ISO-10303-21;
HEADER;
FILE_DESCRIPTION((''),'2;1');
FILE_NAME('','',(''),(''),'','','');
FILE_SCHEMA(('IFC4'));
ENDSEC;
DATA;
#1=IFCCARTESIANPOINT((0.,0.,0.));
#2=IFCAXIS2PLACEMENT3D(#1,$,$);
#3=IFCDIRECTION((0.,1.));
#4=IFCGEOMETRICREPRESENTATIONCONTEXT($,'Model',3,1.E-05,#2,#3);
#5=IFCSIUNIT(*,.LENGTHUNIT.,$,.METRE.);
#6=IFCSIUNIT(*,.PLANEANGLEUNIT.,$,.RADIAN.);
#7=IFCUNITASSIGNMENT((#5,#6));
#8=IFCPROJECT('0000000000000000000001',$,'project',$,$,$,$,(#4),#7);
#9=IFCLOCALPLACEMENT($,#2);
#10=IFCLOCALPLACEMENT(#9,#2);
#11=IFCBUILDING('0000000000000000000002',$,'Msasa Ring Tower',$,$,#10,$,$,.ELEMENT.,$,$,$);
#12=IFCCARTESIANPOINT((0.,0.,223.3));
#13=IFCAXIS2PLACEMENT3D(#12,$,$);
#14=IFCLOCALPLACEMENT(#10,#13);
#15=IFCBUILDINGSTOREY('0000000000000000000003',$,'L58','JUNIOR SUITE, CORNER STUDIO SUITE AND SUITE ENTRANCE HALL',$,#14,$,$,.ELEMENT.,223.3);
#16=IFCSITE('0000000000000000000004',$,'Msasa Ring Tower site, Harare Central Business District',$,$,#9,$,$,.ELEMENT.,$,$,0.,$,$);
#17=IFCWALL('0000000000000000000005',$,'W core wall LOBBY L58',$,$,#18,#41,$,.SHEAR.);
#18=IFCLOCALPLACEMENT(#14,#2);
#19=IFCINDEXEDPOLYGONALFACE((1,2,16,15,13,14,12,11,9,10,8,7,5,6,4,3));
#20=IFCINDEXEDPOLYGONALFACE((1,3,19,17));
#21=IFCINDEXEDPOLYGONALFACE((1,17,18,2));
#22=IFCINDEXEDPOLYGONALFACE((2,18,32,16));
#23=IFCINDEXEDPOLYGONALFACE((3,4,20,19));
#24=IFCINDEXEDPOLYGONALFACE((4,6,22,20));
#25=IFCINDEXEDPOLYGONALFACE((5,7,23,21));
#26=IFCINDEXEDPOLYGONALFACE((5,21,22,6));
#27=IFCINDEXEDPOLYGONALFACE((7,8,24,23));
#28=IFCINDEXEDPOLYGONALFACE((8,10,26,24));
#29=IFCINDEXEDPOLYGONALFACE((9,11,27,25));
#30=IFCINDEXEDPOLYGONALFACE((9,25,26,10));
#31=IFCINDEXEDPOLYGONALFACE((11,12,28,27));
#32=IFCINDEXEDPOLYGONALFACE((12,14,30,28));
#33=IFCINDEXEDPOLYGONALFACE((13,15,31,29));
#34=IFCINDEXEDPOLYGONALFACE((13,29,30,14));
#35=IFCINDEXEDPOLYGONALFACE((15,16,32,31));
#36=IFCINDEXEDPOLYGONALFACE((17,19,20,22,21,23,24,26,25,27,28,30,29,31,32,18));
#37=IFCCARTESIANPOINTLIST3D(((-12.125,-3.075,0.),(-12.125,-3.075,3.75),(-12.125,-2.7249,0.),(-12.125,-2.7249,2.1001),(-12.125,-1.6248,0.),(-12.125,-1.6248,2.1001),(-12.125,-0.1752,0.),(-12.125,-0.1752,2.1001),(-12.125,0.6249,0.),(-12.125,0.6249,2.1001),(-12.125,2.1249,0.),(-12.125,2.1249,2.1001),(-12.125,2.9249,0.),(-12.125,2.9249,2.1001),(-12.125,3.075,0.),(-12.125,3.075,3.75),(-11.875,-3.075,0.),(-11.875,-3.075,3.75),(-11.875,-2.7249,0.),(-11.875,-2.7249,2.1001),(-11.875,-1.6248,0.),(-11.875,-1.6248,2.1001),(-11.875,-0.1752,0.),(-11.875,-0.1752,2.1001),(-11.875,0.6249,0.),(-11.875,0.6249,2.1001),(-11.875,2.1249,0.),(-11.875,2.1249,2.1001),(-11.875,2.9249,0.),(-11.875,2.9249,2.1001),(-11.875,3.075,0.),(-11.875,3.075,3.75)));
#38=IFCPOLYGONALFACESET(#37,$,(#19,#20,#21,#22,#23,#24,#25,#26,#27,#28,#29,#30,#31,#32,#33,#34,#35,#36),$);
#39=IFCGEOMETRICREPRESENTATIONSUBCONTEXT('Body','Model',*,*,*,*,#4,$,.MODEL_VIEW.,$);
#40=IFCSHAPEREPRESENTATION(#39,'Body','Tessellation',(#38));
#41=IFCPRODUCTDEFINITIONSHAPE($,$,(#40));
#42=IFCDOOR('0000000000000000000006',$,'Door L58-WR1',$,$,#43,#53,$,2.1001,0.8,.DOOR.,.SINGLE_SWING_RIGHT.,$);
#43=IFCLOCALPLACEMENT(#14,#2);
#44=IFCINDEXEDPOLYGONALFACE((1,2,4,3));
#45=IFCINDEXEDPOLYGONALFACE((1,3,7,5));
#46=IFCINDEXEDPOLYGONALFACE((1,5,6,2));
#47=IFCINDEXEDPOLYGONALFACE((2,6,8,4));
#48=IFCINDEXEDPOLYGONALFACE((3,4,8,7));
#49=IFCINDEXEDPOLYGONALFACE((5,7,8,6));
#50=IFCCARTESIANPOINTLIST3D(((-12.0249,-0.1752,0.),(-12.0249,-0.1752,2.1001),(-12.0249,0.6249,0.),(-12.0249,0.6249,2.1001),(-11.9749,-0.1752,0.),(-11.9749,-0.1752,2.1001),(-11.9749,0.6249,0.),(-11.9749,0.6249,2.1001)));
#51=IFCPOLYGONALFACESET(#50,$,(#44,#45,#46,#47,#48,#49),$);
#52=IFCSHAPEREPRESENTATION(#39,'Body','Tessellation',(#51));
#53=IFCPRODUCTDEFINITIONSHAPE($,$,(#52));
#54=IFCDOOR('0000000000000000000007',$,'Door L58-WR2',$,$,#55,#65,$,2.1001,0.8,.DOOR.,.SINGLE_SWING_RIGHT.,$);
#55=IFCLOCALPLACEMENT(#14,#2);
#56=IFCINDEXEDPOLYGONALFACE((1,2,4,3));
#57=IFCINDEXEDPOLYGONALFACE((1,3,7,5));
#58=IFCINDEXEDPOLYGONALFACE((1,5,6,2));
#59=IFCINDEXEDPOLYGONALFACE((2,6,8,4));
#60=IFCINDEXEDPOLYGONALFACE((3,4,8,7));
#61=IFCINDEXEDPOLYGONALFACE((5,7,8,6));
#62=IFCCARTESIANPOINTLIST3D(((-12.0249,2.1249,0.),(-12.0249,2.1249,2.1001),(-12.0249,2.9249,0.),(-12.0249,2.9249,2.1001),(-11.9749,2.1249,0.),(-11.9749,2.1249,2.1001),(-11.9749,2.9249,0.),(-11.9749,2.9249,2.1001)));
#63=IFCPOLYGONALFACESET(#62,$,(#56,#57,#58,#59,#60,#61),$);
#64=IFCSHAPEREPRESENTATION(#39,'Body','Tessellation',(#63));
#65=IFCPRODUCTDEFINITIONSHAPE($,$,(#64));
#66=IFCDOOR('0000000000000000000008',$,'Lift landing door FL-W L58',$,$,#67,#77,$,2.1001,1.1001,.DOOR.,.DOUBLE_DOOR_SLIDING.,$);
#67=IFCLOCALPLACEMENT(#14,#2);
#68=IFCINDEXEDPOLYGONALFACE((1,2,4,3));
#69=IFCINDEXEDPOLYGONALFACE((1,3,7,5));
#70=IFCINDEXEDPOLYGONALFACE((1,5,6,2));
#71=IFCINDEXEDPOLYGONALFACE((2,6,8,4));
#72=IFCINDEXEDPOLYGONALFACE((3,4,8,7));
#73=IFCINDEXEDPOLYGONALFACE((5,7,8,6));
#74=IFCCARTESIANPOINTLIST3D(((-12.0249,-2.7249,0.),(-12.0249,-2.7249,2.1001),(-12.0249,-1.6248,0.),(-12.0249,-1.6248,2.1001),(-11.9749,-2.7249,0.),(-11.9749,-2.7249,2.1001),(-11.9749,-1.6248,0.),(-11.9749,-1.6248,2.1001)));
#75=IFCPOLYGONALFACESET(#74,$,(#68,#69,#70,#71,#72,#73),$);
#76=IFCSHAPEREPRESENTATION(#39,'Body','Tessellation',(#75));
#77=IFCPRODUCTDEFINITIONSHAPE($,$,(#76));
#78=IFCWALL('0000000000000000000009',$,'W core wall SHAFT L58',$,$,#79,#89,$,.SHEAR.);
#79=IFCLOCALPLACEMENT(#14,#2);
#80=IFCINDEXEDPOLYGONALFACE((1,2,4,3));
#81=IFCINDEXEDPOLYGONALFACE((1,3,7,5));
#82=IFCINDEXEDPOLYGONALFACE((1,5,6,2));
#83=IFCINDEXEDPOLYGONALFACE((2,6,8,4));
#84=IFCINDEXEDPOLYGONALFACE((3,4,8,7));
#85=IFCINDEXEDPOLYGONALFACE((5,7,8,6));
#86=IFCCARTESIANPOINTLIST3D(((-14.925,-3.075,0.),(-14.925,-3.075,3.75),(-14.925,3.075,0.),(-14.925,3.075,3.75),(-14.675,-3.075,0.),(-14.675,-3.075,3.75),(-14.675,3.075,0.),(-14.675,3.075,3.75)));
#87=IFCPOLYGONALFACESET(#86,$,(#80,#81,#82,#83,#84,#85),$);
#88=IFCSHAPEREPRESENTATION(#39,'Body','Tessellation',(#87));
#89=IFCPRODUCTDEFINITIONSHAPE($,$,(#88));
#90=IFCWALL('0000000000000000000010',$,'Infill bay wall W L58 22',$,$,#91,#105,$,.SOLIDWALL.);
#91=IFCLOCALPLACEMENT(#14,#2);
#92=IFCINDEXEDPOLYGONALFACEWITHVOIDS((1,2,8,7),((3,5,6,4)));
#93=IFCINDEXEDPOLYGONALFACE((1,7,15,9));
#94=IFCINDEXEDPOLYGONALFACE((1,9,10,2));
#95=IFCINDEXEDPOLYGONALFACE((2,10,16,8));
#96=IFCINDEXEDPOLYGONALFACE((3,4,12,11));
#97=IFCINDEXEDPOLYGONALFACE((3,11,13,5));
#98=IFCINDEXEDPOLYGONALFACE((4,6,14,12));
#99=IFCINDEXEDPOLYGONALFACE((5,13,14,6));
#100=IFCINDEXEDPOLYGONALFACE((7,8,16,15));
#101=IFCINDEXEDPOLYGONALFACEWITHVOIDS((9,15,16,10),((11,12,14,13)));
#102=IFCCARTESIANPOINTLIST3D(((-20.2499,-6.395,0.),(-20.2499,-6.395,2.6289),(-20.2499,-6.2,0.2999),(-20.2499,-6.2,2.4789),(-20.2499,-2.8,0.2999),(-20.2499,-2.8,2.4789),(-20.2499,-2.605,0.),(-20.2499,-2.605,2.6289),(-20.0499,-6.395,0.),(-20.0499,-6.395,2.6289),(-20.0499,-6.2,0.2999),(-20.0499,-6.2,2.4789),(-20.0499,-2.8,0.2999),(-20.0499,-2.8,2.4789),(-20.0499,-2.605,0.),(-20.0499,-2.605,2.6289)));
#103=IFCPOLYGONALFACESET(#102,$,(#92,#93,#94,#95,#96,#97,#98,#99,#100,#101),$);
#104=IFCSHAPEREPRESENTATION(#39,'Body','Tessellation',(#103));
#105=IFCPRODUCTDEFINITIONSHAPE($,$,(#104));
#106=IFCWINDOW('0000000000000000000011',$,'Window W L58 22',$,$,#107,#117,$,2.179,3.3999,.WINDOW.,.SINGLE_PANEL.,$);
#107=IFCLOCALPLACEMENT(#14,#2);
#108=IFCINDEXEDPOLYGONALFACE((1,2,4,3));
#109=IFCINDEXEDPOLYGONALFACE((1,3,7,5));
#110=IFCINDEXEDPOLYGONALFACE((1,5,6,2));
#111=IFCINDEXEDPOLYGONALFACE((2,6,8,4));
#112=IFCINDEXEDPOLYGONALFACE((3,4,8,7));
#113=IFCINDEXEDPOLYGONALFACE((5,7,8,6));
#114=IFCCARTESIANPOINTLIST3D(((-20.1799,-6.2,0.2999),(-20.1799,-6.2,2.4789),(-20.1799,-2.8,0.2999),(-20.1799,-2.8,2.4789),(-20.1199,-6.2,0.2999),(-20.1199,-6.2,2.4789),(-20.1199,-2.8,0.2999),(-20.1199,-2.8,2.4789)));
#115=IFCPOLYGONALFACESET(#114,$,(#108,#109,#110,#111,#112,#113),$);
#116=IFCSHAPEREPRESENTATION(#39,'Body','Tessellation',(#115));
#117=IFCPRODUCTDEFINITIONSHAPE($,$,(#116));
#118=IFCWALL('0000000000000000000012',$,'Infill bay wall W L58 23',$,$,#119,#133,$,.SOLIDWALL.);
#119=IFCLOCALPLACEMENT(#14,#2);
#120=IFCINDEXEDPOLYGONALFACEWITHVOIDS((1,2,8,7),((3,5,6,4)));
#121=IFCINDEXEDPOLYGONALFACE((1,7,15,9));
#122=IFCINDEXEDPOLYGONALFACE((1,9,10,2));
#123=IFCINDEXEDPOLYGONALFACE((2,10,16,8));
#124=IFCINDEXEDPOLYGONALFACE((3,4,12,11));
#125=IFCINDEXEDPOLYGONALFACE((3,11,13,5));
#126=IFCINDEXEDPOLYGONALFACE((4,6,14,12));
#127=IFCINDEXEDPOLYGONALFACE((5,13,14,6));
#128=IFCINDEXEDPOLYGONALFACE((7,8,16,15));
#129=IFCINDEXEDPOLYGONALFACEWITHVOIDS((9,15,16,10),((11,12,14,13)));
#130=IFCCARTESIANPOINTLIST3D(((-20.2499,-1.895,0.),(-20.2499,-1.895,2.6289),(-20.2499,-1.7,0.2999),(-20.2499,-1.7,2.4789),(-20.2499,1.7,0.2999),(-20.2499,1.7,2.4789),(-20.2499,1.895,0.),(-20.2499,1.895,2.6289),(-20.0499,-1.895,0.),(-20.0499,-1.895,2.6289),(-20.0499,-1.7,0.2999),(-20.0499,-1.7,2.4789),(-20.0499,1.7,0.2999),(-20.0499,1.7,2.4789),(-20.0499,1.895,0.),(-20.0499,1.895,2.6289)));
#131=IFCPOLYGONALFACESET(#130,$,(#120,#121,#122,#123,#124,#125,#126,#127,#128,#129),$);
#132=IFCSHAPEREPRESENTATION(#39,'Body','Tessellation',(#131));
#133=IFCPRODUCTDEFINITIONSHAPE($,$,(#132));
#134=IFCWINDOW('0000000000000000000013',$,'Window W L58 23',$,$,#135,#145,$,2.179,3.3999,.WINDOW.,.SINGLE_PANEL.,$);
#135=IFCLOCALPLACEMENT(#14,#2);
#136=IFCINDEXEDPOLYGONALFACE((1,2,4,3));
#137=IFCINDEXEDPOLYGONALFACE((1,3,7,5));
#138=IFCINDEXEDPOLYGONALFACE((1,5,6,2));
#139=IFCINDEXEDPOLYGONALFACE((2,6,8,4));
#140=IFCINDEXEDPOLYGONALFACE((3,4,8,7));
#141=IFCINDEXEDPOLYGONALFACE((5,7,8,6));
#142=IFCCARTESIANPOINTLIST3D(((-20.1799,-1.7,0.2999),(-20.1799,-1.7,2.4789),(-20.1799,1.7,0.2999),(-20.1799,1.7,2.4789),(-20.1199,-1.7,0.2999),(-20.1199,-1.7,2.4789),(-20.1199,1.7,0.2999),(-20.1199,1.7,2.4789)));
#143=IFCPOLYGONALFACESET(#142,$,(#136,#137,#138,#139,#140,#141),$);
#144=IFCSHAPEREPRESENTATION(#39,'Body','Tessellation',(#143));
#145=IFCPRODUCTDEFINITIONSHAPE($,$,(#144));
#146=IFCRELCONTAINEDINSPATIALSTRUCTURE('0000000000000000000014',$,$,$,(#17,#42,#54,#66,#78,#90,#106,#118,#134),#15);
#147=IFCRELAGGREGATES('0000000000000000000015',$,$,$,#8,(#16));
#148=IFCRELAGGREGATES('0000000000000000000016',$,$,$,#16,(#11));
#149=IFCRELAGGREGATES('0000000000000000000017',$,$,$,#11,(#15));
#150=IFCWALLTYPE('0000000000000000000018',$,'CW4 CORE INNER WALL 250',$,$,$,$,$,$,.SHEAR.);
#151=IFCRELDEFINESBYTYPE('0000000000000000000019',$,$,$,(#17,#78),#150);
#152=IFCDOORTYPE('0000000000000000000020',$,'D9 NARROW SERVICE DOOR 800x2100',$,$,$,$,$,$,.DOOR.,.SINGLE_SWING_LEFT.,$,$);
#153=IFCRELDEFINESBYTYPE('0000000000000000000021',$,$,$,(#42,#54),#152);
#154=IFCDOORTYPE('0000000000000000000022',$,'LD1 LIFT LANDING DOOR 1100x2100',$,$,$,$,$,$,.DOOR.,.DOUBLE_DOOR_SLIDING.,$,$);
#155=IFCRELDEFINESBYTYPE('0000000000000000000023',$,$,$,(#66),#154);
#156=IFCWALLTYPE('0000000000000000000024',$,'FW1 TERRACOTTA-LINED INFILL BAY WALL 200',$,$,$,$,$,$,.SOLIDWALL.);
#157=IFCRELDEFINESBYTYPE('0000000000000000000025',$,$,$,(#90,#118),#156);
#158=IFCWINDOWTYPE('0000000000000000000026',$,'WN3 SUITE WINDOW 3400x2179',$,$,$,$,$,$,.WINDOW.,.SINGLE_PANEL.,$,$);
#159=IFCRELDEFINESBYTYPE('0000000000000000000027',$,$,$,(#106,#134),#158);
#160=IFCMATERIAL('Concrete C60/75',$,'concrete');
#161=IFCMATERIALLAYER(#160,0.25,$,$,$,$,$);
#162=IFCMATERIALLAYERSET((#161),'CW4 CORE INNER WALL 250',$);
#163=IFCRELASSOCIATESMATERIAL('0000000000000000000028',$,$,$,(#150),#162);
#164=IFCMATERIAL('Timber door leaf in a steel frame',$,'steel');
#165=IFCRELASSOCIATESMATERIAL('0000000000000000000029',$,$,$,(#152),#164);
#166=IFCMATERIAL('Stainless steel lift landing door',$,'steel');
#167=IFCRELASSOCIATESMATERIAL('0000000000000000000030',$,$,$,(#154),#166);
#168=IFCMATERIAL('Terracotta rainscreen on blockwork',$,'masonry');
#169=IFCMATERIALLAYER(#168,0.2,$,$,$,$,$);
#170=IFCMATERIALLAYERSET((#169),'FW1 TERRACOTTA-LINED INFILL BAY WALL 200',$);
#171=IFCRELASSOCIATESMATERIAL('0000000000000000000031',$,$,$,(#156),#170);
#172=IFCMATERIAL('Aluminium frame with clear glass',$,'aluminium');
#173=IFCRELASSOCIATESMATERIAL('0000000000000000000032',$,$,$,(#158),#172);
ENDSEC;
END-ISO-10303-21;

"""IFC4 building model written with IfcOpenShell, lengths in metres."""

from ifc_helpers import new_model, si_unit, direction, frame, frame_2d, origin, place, context, subcontext, project, spatial, rectangle, extrude, material, layer, layer_set, type_object, element, fill, save


model = new_model("IFC4")

# Units and contexts
model_context = context("Model", 3, precision=1e-05, world=origin(), true_north=direction((0.0, 1.0)))
body_context = subcontext(model_context, "Body", "Model", "MODEL_VIEW")
ifc_project = project(units=[si_unit("LENGTHUNIT", "METRE"), si_unit("PLANEANGLEUNIT", "RADIAN")], contexts=[model_context])

# Site, building, storey
site_placement = place(None, origin())
site = spatial("IfcSite", under=ifc_project, at=site_placement, Name="Msasa Ring Tower site, Harare Central Business District", CompositionType="ELEMENT", RefElevation=0.0)
building_placement = place(site_placement, origin())
building = spatial("IfcBuilding", under=site, at=building_placement, Name="Msasa Ring Tower", CompositionType="ELEMENT")
storey_placement = place(building_placement, frame((0.0, 0.0, 223.3)))
storey = spatial("IfcBuildingStorey", under=building, at=storey_placement, Name="L58", Description="JUNIOR SUITE, CORNER STUDIO SUITE AND SUITE ENTRANCE HALL", CompositionType="ELEMENT", Elevation=223.3)

# Shared definitions
ifc_material_1 = material(Name="Concrete C60/75", Category="concrete")
ifc_layer_1 = layer(ifc_material_1, 0.25)
ifc_layer_set_1 = layer_set([ifc_layer_1], Name="CW4 CORE INNER WALL 250")
wall_type_1 = type_object("IfcWallType", Name="CW4 CORE INNER WALL 250", PredefinedType="SHEAR", material=ifc_layer_set_1)

# Wall, openings, doors
wall_1_placement = place(storey_placement, frame((-12.0, -3.075, 0.0), z_axis=(0.0, 0.0, 1.0), x_axis=(0.0, 1.0, 0.0)))
wall_1 = element("IfcWall", 1, at=wall_1_placement, inside=storey, type_object=wall_type_1, Name="W core wall LOBBY L58", PredefinedType="SHEAR", context=body_context, shape_type="SweptSolid", body=[
    extrude(rectangle(XDim=6.1499, YDim=0.25, at=frame_2d((3.075, 0.0))), origin(), (0.0, 0.0, 1.0), 3.75),
])
opening_1_placement = place(wall_1_placement, frame((2.8999, 0.0, 0.0)))
opening_1 = element("IfcOpeningElement", 2, at=opening_1_placement, cuts=wall_1, PredefinedType="OPENING", context=body_context, shape_type="SweptSolid", body=[
    extrude(rectangle(XDim=0.8, YDim=2.1001, at=frame_2d((0.3999, 1.05))), frame((0.0, 0.135, 0.0), z_axis=(0.0, -1.0, 0.0), x_axis=(1.0, 0.0, 0.0)), (0.0, 0.0, 1.0), 0.27),
])
opening_2_placement = place(wall_1_placement, frame((5.2, 0.0, 0.0)))
opening_2 = element("IfcOpeningElement", 3, at=opening_2_placement, cuts=wall_1, PredefinedType="OPENING", context=body_context, shape_type="SweptSolid", body=[
    extrude(rectangle(XDim=0.8, YDim=2.1001, at=frame_2d((0.3999, 1.05))), frame((0.0, 0.135, 0.0), z_axis=(0.0, -1.0, 0.0), x_axis=(1.0, 0.0, 0.0)), (0.0, 0.0, 1.0), 0.27),
])
opening_3_placement = place(wall_1_placement, frame((0.3501, 0.0, 0.0)))
opening_3 = element("IfcOpeningElement", 4, at=opening_3_placement, cuts=wall_1, PredefinedType="OPENING", context=body_context, shape_type="SweptSolid", body=[
    extrude(rectangle(XDim=1.1001, YDim=2.1001, at=frame_2d((0.55, 1.05))), frame((0.0, 0.135, 0.0), z_axis=(0.0, -1.0, 0.0), x_axis=(1.0, 0.0, 0.0)), (0.0, 0.0, 1.0), 0.27),
])
ifc_material_2 = material(Name="Timber door leaf in a steel frame", Category="steel")
door_type_1 = type_object("IfcDoorType", Name="D9 NARROW SERVICE DOOR 800x2100", OperationType="SINGLE_SWING_LEFT", PredefinedType="DOOR", material=ifc_material_2)
door_1_placement = place(opening_1_placement, origin())
door_1 = element("IfcDoor", 5, at=door_1_placement, inside=storey, type_object=door_type_1, Name="Door L58-WR1", OperationType="SINGLE_SWING_RIGHT", OverallHeight=2.1001, OverallWidth=0.8, PredefinedType="DOOR", context=body_context, shape_type="SweptSolid", body=[
    extrude(rectangle(XDim=0.8, YDim=2.1001, at=frame_2d((0.3999, 1.05))), frame((0.0, 0.0249, 0.0), z_axis=(0.0, -1.0, 0.0), x_axis=(1.0, 0.0, 0.0)), (0.0, 0.0, 1.0), 0.05),
])
fill(opening_1, door_1)
door_2_placement = place(opening_2_placement, origin())
door_2 = element("IfcDoor", 6, at=door_2_placement, inside=storey, type_object=door_type_1, Name="Door L58-WR2", OperationType="SINGLE_SWING_RIGHT", OverallHeight=2.1001, OverallWidth=0.8, PredefinedType="DOOR", context=body_context, shape_type="SweptSolid", body=[
    extrude(rectangle(XDim=0.8, YDim=2.1001, at=frame_2d((0.3999, 1.05))), frame((0.0, 0.0249, 0.0), z_axis=(0.0, -1.0, 0.0), x_axis=(1.0, 0.0, 0.0)), (0.0, 0.0, 1.0), 0.05),
])
fill(opening_2, door_2)
ifc_material_3 = material(Name="Stainless steel lift landing door", Category="steel")
door_type_2 = type_object("IfcDoorType", Name="LD1 LIFT LANDING DOOR 1100x2100", OperationType="DOUBLE_DOOR_SLIDING", PredefinedType="DOOR", material=ifc_material_3)
door_3_placement = place(opening_3_placement, origin())
door_3 = element("IfcDoor", 7, at=door_3_placement, inside=storey, type_object=door_type_2, Name="Lift landing door FL-W L58", OperationType="DOUBLE_DOOR_SLIDING", OverallHeight=2.1001, OverallWidth=1.1001, PredefinedType="DOOR", context=body_context, shape_type="SweptSolid", body=[
    extrude(rectangle(XDim=1.1001, YDim=2.1001, at=frame_2d((0.55, 1.05))), frame((0.0, 0.0249, 0.0), z_axis=(0.0, -1.0, 0.0), x_axis=(1.0, 0.0, 0.0)), (0.0, 0.0, 1.0), 0.05),
])
fill(opening_3, door_3)

# Wall
wall_2_placement = place(storey_placement, frame((-14.8, -3.075, 0.0), z_axis=(0.0, 0.0, 1.0), x_axis=(0.0, 1.0, 0.0)))
element("IfcWall", 8, at=wall_2_placement, inside=storey, type_object=wall_type_1, Name="W core wall SHAFT L58", PredefinedType="SHEAR", context=body_context, shape_type="SweptSolid", body=[
    extrude(rectangle(XDim=6.1499, YDim=0.25, at=frame_2d((3.075, 0.0))), origin(), (0.0, 0.0, 1.0), 3.75),
])

# Walls, openings, windows
ifc_material_4 = material(Name="Terracotta rainscreen on blockwork", Category="masonry")
ifc_layer_2 = layer(ifc_material_4, 0.2)
ifc_layer_set_2 = layer_set([ifc_layer_2], Name="FW1 TERRACOTTA-LINED INFILL BAY WALL 200")
wall_type_2 = type_object("IfcWallType", Name="FW1 TERRACOTTA-LINED INFILL BAY WALL 200", PredefinedType="SOLIDWALL", material=ifc_layer_set_2)
wall_3_placement = place(storey_placement, frame((-20.1499, -6.395, 0.0), z_axis=(0.0, 0.0, 1.0), x_axis=(0.0, 1.0, 0.0)))
wall_3 = element("IfcWall", 9, at=wall_3_placement, inside=storey, type_object=wall_type_2, Name="Infill bay wall W L58 22", PredefinedType="SOLIDWALL", context=body_context, shape_type="SweptSolid", body=[
    extrude(rectangle(XDim=3.79, YDim=0.2, at=frame_2d((1.895, 0.0))), origin(), (0.0, 0.0, 1.0), 2.6289),
])
opening_4_placement = place(wall_3_placement, frame((0.1951, 0.0, 0.3)))
opening_4 = element("IfcOpeningElement", 10, at=opening_4_placement, cuts=wall_3, PredefinedType="OPENING", context=body_context, shape_type="SweptSolid", body=[
    extrude(rectangle(XDim=3.3999, YDim=2.179, at=frame_2d((1.7, 1.0894))), frame((0.0, 0.1099, 0.0), z_axis=(0.0, -1.0, 0.0), x_axis=(1.0, 0.0, 0.0)), (0.0, 0.0, 1.0), 0.22),
])
ifc_material_5 = material(Name="Aluminium frame with clear glass", Category="aluminium")
window_type = type_object("IfcWindowType", Name="WN3 SUITE WINDOW 3400x2179", PartitioningType="SINGLE_PANEL", PredefinedType="WINDOW", material=ifc_material_5)
window_1_placement = place(opening_4_placement, origin())
window_1 = element("IfcWindow", 11, at=window_1_placement, inside=storey, type_object=window_type, Name="Window W L58 22", OverallHeight=2.179, OverallWidth=3.3999, PartitioningType="SINGLE_PANEL", PredefinedType="WINDOW", context=body_context, shape_type="SweptSolid", body=[
    extrude(rectangle(XDim=3.3999, YDim=2.179, at=frame_2d((1.7, 1.0894))), frame((0.0, 0.03, 0.0), z_axis=(0.0, -1.0, 0.0), x_axis=(1.0, 0.0, 0.0)), (0.0, 0.0, 1.0), 0.0601),
])
fill(opening_4, window_1)
wall_4_placement = place(storey_placement, frame((-20.1499, -1.895, 0.0), z_axis=(0.0, 0.0, 1.0), x_axis=(0.0, 1.0, 0.0)))
wall_4 = element("IfcWall", 12, at=wall_4_placement, inside=storey, type_object=wall_type_2, Name="Infill bay wall W L58 23", PredefinedType="SOLIDWALL", context=body_context, shape_type="SweptSolid", body=[
    extrude(rectangle(XDim=3.79, YDim=0.2, at=frame_2d((1.895, 0.0))), origin(), (0.0, 0.0, 1.0), 2.6289),
])
opening_5_placement = place(wall_4_placement, frame((0.1951, 0.0, 0.3)))
opening_5 = element("IfcOpeningElement", 13, at=opening_5_placement, cuts=wall_4, PredefinedType="OPENING", context=body_context, shape_type="SweptSolid", body=[
    extrude(rectangle(XDim=3.3999, YDim=2.179, at=frame_2d((1.7, 1.0894))), frame((0.0, 0.1099, 0.0), z_axis=(0.0, -1.0, 0.0), x_axis=(1.0, 0.0, 0.0)), (0.0, 0.0, 1.0), 0.22),
])
window_2_placement = place(opening_5_placement, origin())
window_2 = element("IfcWindow", 14, at=window_2_placement, inside=storey, type_object=window_type, Name="Window W L58 23", OverallHeight=2.179, OverallWidth=3.3999, PartitioningType="SINGLE_PANEL", PredefinedType="WINDOW", context=body_context, shape_type="SweptSolid", body=[
    extrude(rectangle(XDim=3.3999, YDim=2.179, at=frame_2d((1.7, 1.0894))), frame((0.0, 0.03, 0.0), z_axis=(0.0, -1.0, 0.0), x_axis=(1.0, 0.0, 0.0)), (0.0, 0.0, 1.0), 0.0601),
])
fill(opening_5, window_2)

save(model, "model.ifc")
